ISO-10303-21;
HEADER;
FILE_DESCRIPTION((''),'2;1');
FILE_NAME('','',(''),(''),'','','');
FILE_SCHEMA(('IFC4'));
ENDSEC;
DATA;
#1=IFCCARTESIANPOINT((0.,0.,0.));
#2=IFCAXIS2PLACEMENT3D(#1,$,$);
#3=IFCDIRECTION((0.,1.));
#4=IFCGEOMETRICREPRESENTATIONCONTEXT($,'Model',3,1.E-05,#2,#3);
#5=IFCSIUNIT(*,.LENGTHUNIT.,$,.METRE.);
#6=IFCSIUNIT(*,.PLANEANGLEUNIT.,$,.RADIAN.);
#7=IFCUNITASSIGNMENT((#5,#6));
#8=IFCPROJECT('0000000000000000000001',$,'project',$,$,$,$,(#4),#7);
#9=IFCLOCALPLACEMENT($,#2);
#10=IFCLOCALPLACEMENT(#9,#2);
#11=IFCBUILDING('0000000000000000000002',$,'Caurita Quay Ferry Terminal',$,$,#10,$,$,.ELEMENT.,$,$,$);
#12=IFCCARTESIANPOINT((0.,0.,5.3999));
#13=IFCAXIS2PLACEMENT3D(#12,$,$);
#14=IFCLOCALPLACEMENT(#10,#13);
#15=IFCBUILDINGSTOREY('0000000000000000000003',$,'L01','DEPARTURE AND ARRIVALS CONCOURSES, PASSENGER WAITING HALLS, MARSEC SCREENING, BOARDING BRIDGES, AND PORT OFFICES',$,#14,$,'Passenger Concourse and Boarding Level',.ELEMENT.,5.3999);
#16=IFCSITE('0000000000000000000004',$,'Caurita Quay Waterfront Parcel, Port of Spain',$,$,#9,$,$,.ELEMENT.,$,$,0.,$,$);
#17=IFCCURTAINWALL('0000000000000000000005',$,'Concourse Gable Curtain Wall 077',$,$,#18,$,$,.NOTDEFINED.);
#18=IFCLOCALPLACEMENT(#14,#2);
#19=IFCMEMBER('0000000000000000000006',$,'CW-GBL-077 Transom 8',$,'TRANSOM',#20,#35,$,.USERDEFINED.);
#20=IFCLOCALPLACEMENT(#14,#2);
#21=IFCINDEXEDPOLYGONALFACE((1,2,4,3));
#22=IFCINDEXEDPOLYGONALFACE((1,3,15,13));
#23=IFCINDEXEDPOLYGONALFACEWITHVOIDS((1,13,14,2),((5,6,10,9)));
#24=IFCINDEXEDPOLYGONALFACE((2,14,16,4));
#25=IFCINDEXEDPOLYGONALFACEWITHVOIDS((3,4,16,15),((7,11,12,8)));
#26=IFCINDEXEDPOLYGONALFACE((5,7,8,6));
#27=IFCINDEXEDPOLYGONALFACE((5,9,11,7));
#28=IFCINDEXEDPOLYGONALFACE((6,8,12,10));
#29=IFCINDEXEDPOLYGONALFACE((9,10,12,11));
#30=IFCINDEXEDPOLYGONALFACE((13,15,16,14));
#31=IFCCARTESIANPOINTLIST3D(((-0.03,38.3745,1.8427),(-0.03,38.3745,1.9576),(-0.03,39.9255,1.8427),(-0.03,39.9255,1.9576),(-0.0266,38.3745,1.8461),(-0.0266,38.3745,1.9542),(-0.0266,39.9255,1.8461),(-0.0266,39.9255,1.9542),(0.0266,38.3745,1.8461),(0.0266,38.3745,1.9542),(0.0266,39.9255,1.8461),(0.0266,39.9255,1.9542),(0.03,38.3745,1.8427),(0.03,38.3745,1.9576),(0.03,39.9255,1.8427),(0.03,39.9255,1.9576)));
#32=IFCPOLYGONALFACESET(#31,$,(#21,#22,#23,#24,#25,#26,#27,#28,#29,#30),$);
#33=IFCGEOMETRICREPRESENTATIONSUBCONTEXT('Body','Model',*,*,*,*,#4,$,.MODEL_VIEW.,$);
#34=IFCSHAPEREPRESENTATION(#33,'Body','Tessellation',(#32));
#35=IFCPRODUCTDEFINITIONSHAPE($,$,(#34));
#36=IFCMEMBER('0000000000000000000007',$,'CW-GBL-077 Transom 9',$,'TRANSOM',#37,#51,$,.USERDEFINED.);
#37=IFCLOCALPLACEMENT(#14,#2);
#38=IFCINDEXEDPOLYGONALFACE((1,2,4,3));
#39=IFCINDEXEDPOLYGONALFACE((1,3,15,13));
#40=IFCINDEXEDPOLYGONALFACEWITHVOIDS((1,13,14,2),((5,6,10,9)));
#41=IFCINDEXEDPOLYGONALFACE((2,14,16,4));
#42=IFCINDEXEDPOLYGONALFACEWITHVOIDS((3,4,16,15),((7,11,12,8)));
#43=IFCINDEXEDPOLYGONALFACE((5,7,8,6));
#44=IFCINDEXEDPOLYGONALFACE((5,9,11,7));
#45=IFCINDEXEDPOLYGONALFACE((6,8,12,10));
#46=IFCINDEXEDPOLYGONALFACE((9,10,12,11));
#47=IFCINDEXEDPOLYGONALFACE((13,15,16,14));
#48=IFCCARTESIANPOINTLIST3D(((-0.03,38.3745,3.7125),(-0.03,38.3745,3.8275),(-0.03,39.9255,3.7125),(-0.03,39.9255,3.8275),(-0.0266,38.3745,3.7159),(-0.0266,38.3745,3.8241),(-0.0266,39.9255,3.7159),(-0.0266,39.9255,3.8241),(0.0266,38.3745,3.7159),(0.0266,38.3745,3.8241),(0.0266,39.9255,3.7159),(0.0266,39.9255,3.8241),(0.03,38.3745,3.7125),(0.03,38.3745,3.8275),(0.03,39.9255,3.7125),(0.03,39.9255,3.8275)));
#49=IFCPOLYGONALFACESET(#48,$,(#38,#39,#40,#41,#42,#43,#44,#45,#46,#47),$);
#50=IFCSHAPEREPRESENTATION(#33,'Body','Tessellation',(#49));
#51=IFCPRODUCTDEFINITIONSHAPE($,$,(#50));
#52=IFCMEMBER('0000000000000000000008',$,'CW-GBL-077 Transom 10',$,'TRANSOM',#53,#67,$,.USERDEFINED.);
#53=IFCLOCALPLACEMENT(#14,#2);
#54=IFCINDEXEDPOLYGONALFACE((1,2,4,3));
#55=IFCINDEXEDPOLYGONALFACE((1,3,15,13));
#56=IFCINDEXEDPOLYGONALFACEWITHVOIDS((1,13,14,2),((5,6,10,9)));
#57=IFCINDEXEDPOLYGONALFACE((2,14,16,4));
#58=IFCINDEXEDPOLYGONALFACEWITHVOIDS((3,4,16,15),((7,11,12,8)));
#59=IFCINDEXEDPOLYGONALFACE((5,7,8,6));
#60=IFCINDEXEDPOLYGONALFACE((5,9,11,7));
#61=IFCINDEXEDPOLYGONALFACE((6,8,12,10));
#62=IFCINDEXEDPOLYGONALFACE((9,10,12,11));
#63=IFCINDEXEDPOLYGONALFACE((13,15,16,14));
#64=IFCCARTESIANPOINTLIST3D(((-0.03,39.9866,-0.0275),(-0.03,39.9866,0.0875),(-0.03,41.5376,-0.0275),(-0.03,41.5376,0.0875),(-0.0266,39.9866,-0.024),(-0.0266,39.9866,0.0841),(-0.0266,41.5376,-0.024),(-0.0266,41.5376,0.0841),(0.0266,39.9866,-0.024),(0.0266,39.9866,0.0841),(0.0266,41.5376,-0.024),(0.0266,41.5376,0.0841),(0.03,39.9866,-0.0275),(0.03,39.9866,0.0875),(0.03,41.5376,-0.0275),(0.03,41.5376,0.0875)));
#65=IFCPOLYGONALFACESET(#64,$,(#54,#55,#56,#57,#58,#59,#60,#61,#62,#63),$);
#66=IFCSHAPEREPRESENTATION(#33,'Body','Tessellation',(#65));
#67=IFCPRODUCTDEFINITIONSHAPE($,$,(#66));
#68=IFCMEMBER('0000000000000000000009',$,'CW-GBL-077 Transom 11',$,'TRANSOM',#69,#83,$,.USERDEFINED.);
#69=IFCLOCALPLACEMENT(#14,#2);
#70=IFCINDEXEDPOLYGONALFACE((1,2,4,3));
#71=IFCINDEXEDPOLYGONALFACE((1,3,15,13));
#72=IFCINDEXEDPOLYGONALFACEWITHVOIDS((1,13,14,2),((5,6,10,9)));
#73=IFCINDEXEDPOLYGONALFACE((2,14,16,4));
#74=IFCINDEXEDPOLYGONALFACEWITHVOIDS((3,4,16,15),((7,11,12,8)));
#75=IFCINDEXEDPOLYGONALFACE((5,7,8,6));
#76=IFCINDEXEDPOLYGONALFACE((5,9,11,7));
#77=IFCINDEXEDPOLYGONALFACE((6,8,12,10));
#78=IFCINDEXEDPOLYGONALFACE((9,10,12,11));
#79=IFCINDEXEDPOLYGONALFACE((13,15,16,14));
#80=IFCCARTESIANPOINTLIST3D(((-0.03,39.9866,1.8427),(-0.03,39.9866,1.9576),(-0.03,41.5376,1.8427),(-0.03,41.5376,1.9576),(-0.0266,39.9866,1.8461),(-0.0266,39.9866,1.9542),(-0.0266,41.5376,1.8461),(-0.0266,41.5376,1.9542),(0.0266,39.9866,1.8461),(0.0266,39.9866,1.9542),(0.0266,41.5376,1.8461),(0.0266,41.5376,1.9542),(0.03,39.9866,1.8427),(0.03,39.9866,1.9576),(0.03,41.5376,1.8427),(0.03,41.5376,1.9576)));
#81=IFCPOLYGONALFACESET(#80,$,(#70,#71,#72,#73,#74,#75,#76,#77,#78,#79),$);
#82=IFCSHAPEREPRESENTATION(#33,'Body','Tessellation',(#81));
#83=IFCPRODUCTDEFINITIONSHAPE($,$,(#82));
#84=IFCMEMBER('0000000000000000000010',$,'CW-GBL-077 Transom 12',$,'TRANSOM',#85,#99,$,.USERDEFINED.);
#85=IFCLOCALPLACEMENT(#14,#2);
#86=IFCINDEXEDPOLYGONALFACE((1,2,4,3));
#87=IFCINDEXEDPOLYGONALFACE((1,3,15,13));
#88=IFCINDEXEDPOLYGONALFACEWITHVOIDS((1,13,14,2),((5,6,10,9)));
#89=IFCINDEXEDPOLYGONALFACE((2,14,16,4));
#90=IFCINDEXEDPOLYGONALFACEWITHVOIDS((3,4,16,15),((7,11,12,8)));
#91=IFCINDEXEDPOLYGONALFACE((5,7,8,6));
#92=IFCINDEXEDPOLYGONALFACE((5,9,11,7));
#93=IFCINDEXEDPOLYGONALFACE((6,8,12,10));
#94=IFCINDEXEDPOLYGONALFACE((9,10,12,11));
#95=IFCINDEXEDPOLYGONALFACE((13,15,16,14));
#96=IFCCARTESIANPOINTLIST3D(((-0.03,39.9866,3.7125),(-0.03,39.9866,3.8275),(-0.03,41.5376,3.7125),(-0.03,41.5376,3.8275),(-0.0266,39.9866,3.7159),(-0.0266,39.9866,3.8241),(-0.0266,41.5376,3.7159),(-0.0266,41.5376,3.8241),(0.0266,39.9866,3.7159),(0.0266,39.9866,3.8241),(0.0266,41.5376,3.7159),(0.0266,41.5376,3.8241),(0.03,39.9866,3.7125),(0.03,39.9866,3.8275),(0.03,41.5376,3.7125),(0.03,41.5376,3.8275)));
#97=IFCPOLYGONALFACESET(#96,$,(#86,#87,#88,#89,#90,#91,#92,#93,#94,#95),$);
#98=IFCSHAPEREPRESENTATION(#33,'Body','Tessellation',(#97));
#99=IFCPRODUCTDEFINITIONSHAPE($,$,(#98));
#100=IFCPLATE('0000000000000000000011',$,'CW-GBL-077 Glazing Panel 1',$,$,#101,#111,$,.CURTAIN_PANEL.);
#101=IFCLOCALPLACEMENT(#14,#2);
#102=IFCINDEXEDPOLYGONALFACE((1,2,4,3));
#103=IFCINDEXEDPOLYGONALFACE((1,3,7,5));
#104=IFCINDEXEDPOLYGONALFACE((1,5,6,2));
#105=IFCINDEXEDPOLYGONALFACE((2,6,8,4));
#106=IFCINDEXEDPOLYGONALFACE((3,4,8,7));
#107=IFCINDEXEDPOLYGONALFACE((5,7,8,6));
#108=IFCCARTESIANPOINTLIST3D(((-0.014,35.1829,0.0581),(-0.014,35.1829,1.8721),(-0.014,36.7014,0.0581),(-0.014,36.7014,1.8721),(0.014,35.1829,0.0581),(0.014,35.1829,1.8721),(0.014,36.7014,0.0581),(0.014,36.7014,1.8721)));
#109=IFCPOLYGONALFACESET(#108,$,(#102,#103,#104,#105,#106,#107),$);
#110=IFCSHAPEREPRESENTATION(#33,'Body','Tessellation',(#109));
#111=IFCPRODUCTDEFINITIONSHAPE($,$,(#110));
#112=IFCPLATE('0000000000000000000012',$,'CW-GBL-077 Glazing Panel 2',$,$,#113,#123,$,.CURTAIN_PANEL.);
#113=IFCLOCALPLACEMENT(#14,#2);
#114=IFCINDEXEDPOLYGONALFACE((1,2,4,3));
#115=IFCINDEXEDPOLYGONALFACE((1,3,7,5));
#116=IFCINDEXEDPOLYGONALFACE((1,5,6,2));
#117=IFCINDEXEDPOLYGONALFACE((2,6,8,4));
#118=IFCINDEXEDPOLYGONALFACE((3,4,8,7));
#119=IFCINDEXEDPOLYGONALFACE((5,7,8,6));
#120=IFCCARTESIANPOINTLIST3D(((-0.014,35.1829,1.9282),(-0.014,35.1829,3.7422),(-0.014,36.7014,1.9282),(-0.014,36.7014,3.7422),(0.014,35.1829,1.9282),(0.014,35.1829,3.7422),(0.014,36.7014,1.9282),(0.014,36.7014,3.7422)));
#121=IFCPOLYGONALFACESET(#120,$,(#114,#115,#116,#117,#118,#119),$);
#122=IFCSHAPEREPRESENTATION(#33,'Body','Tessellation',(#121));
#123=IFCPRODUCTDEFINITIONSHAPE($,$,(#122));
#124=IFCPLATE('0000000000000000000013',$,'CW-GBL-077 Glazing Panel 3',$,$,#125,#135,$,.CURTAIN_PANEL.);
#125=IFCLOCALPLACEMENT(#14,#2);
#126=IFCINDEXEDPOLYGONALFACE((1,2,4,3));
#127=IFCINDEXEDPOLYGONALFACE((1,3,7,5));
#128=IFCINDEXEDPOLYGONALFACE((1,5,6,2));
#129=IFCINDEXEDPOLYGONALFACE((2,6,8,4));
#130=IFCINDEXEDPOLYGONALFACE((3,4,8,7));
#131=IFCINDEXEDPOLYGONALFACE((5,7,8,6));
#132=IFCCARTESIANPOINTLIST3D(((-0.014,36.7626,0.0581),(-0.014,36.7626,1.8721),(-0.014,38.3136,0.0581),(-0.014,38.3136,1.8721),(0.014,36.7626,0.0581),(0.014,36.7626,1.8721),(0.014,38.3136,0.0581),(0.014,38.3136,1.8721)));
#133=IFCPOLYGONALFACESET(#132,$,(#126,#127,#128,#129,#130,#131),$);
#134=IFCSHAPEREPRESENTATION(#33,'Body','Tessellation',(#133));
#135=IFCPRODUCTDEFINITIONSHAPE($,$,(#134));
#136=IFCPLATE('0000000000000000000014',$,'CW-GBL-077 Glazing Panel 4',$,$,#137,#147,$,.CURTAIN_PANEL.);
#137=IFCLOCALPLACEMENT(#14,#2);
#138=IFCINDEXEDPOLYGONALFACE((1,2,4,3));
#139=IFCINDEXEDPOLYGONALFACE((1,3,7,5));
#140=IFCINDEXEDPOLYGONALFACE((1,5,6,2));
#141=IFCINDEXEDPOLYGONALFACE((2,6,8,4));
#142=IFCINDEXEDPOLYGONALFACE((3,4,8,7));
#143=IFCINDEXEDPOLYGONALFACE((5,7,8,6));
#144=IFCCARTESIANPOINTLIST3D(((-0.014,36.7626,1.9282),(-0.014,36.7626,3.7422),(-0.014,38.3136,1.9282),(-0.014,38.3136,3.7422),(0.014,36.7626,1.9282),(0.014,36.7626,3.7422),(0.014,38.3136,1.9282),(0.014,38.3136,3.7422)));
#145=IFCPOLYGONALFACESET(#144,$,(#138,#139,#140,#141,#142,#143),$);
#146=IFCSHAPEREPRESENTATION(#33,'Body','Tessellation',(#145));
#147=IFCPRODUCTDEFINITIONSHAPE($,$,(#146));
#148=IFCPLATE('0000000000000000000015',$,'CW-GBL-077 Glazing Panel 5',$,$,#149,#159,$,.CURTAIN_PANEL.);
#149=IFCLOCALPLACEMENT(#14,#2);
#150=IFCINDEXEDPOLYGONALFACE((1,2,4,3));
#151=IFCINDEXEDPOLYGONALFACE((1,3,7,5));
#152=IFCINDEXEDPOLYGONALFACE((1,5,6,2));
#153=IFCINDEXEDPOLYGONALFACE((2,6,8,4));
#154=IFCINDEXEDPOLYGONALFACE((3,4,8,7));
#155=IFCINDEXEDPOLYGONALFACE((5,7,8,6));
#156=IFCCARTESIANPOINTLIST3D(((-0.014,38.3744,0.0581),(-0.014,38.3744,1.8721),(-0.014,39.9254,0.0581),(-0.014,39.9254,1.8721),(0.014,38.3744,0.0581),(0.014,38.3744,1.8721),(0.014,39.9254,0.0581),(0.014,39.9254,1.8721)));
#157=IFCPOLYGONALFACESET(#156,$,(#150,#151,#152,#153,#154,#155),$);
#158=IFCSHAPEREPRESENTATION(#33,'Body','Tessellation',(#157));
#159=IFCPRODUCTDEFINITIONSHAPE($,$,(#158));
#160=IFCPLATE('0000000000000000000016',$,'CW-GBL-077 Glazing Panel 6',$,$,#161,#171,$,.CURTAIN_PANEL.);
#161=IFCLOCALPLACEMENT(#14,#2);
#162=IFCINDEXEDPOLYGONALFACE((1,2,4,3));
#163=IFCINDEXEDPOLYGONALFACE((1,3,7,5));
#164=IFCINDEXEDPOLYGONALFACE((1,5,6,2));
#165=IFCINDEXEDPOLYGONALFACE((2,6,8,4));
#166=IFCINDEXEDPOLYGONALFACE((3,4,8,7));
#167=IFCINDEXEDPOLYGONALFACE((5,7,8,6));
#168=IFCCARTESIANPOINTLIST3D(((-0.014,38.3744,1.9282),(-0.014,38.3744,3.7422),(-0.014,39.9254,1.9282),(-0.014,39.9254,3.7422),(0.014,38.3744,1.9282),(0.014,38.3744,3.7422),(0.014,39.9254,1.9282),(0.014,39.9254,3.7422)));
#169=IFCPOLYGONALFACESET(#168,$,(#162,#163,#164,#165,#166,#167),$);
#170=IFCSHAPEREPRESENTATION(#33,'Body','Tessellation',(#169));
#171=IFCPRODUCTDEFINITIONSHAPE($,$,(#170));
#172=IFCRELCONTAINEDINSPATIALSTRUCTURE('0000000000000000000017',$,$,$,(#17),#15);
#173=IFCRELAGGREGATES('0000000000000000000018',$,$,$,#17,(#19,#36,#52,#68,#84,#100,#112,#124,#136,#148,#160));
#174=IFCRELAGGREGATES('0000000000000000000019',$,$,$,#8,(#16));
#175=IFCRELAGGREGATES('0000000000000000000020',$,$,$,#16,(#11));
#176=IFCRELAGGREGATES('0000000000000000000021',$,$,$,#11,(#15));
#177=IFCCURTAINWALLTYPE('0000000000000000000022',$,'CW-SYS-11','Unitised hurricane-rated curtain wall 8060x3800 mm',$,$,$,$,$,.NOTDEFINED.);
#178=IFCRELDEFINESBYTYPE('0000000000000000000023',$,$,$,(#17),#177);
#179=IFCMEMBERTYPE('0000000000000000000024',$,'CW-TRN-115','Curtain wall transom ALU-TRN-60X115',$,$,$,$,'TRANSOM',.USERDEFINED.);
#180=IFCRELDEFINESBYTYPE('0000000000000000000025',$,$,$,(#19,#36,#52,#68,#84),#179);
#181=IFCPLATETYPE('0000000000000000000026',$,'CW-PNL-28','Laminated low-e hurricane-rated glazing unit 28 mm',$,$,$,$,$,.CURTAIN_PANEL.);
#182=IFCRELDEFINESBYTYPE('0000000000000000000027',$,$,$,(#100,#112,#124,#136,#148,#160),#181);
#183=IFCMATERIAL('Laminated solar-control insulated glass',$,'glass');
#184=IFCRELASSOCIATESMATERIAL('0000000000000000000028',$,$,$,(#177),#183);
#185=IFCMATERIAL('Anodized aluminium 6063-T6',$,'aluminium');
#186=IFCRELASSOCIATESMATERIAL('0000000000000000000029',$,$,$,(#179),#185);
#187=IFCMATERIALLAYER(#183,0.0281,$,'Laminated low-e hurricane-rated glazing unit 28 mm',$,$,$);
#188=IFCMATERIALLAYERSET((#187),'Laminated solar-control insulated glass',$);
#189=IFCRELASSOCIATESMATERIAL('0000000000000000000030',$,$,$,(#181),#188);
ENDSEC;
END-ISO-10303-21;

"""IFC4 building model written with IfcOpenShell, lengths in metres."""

from ifc_helpers import new_model, si_unit, direction, frame, origin, origin_2d, place, context, subcontext, project, spatial, rectangle, hollow_rectangle, extrude, material, layer, layer_set, material_profile, profile_set, type_object, element, aggregate, save


model = new_model("IFC4")

# Units and contexts
model_context = context("Model", 3, precision=1e-05, world=origin(), true_north=direction((0.0, 1.0)))
body_context = subcontext(model_context, "Body", "Model", "MODEL_VIEW")
ifc_project = project(units=[si_unit("LENGTHUNIT", "METRE"), si_unit("PLANEANGLEUNIT", "RADIAN")], contexts=[model_context])

# Site, building, storey
site_placement = place(None, origin())
site = spatial("IfcSite", under=ifc_project, at=site_placement, Name="Caurita Quay Waterfront Parcel, Port of Spain", CompositionType="ELEMENT", RefElevation=0.0)
building_placement = place(site_placement, origin())
building = spatial("IfcBuilding", under=site, at=building_placement, Name="Caurita Quay Ferry Terminal", CompositionType="ELEMENT")
storey_placement = place(building_placement, frame((0.0, 0.0, 5.3999)))
storey = spatial("IfcBuildingStorey", under=building, at=storey_placement, Name="L01", Description="DEPARTURE AND ARRIVALS CONCOURSES, PASSENGER WAITING HALLS, MARSEC SCREENING, BOARDING BRIDGES, AND PORT OFFICES", LongName="Passenger Concourse and Boarding Level", CompositionType="ELEMENT", Elevation=5.3999)

# Curtain wall, members, plates
ifc_material_1 = material(Name="Laminated solar-control insulated glass", Category="glass")
curtain_wall_type = type_object("IfcCurtainWallType", Name="CW-SYS-11", Description="Unitised hurricane-rated curtain wall 8060x3800 mm", PredefinedType="NOTDEFINED", material=ifc_material_1)
curtain_wall_placement = place(storey_placement, origin())
curtain_wall = element("IfcCurtainWall", 1, at=curtain_wall_placement, inside=storey, type_object=curtain_wall_type, Name="Concourse Gable Curtain Wall 077", PredefinedType="NOTDEFINED")
ifc_material_2 = material(Name="Anodized aluminium 6063-T6", Category="aluminium")
ifc_material_profile_1 = material_profile(ifc_material_2, hollow_rectangle(XDim=0.0601, YDim=0.115, WallThickness=0.0034, at=origin_2d()), Name="ALU-TRN-60X115")
ifc_profile_set_1 = profile_set([ifc_material_profile_1], Name="Anodized aluminium 6063-T6")
member_type_1 = type_object("IfcMemberType", Name="CW-TRN-115", Description="Curtain wall transom ALU-TRN-60X115", ElementType="TRANSOM", PredefinedType="USERDEFINED", material=ifc_profile_set_1)
member_1_placement = place(storey_placement, frame((0.0, 38.3745, 1.9001), z_axis=(0.0, 1.0, 0.0), x_axis=(-1.0, 0.0, 0.0)))
member_1 = element("IfcMember", 2, at=member_1_placement, type_object=member_type_1, Name="CW-GBL-077 Transom 8", ObjectType="TRANSOM", PredefinedType="USERDEFINED", context=body_context, shape_type="SweptSolid", body=[
    extrude(hollow_rectangle(XDim=0.0601, YDim=0.115, WallThickness=0.0034, at=origin_2d()), origin(), (0.0, 0.0, 1.0), 1.551),
])
member_2_placement = place(storey_placement, frame((0.0, 38.3745, 3.77), z_axis=(0.0, 1.0, 0.0), x_axis=(-1.0, 0.0, 0.0)))
member_2 = element("IfcMember", 3, at=member_2_placement, type_object=member_type_1, Name="CW-GBL-077 Transom 9", ObjectType="TRANSOM", PredefinedType="USERDEFINED", context=body_context, shape_type="SweptSolid", body=[
    extrude(hollow_rectangle(XDim=0.0601, YDim=0.115, WallThickness=0.0034, at=origin_2d()), origin(), (0.0, 0.0, 1.0), 1.551),
])
member_3_placement = place(storey_placement, frame((0.0, 39.9866, 0.03), z_axis=(0.0, 1.0, 0.0), x_axis=(-1.0, 0.0, 0.0)))
member_3 = element("IfcMember", 4, at=member_3_placement, type_object=member_type_1, Name="CW-GBL-077 Transom 10", ObjectType="TRANSOM", PredefinedType="USERDEFINED", context=body_context, shape_type="SweptSolid", body=[
    extrude(hollow_rectangle(XDim=0.0601, YDim=0.115, WallThickness=0.0034, at=origin_2d()), origin(), (0.0, 0.0, 1.0), 1.551),
])
member_4_placement = place(storey_placement, frame((0.0, 39.9866, 1.9001), z_axis=(0.0, 1.0, 0.0), x_axis=(-1.0, 0.0, 0.0)))
member_4 = element("IfcMember", 5, at=member_4_placement, type_object=member_type_1, Name="CW-GBL-077 Transom 11", ObjectType="TRANSOM", PredefinedType="USERDEFINED", context=body_context, shape_type="SweptSolid", body=[
    extrude(hollow_rectangle(XDim=0.0601, YDim=0.115, WallThickness=0.0034, at=origin_2d()), origin(), (0.0, 0.0, 1.0), 1.551),
])
member_5_placement = place(storey_placement, frame((0.0, 39.9866, 3.77), z_axis=(0.0, 1.0, 0.0), x_axis=(-1.0, 0.0, 0.0)))
member_5 = element("IfcMember", 6, at=member_5_placement, type_object=member_type_1, Name="CW-GBL-077 Transom 12", ObjectType="TRANSOM", PredefinedType="USERDEFINED", context=body_context, shape_type="SweptSolid", body=[
    extrude(hollow_rectangle(XDim=0.0601, YDim=0.115, WallThickness=0.0034, at=origin_2d()), origin(), (0.0, 0.0, 1.0), 1.551),
])
ifc_layer = layer(ifc_material_1, 0.0281, Name="Laminated low-e hurricane-rated glazing unit 28 mm")
ifc_layer_set = layer_set([ifc_layer], Name="Laminated solar-control insulated glass")
plate_type = type_object("IfcPlateType", Name="CW-PNL-28", Description="Laminated low-e hurricane-rated glazing unit 28 mm", PredefinedType="CURTAIN_PANEL", material=ifc_layer_set)
plate_1_placement = place(storey_placement, frame((0.0, 35.9421, 0.0581), z_axis=(0.0, 0.0, 1.0), x_axis=(0.0, 1.0, 0.0)))
plate_1 = element("IfcPlate", 7, at=plate_1_placement, type_object=plate_type, Name="CW-GBL-077 Glazing Panel 1", PredefinedType="CURTAIN_PANEL", context=body_context, shape_type="SweptSolid", body=[
    extrude(rectangle(XDim=1.5186, YDim=0.0281, at=origin_2d()), origin(), (0.0, 0.0, 1.0), 1.814),
])
plate_2_placement = place(storey_placement, frame((0.0, 35.9421, 1.9282), z_axis=(0.0, 0.0, 1.0), x_axis=(0.0, 1.0, 0.0)))
plate_2 = element("IfcPlate", 8, at=plate_2_placement, type_object=plate_type, Name="CW-GBL-077 Glazing Panel 2", PredefinedType="CURTAIN_PANEL", context=body_context, shape_type="SweptSolid", body=[
    extrude(rectangle(XDim=1.5186, YDim=0.0281, at=origin_2d()), origin(), (0.0, 0.0, 1.0), 1.814),
])
plate_3_placement = place(storey_placement, frame((0.0, 37.5381, 0.0581), z_axis=(0.0, 0.0, 1.0), x_axis=(0.0, 1.0, 0.0)))
plate_3 = element("IfcPlate", 9, at=plate_3_placement, type_object=plate_type, Name="CW-GBL-077 Glazing Panel 3", PredefinedType="CURTAIN_PANEL", context=body_context, shape_type="SweptSolid", body=[
    extrude(rectangle(XDim=1.551, YDim=0.0281, at=origin_2d()), origin(), (0.0, 0.0, 1.0), 1.814),
])
plate_4_placement = place(storey_placement, frame((0.0, 37.5381, 1.9282), z_axis=(0.0, 0.0, 1.0), x_axis=(0.0, 1.0, 0.0)))
plate_4 = element("IfcPlate", 10, at=plate_4_placement, type_object=plate_type, Name="CW-GBL-077 Glazing Panel 4", PredefinedType="CURTAIN_PANEL", context=body_context, shape_type="SweptSolid", body=[
    extrude(rectangle(XDim=1.551, YDim=0.0281, at=origin_2d()), origin(), (0.0, 0.0, 1.0), 1.814),
])
plate_5_placement = place(storey_placement, frame((0.0, 39.1499, 0.0581), z_axis=(0.0, 0.0, 1.0), x_axis=(0.0, 1.0, 0.0)))
plate_5 = element("IfcPlate", 11, at=plate_5_placement, type_object=plate_type, Name="CW-GBL-077 Glazing Panel 5", PredefinedType="CURTAIN_PANEL", context=body_context, shape_type="SweptSolid", body=[
    extrude(rectangle(XDim=1.551, YDim=0.0281, at=origin_2d()), origin(), (0.0, 0.0, 1.0), 1.814),
])
plate_6_placement = place(storey_placement, frame((0.0, 39.1499, 1.9282), z_axis=(0.0, 0.0, 1.0), x_axis=(0.0, 1.0, 0.0)))
plate_6 = element("IfcPlate", 12, at=plate_6_placement, type_object=plate_type, Name="CW-GBL-077 Glazing Panel 6", PredefinedType="CURTAIN_PANEL", context=body_context, shape_type="SweptSolid", body=[
    extrude(rectangle(XDim=1.551, YDim=0.0281, at=origin_2d()), origin(), (0.0, 0.0, 1.0), 1.814),
])
aggregate(curtain_wall, [member_1, member_2, member_3, member_4, member_5, plate_1, plate_2, plate_3, plate_4, plate_5, plate_6])

save(model, "model.ifc")
